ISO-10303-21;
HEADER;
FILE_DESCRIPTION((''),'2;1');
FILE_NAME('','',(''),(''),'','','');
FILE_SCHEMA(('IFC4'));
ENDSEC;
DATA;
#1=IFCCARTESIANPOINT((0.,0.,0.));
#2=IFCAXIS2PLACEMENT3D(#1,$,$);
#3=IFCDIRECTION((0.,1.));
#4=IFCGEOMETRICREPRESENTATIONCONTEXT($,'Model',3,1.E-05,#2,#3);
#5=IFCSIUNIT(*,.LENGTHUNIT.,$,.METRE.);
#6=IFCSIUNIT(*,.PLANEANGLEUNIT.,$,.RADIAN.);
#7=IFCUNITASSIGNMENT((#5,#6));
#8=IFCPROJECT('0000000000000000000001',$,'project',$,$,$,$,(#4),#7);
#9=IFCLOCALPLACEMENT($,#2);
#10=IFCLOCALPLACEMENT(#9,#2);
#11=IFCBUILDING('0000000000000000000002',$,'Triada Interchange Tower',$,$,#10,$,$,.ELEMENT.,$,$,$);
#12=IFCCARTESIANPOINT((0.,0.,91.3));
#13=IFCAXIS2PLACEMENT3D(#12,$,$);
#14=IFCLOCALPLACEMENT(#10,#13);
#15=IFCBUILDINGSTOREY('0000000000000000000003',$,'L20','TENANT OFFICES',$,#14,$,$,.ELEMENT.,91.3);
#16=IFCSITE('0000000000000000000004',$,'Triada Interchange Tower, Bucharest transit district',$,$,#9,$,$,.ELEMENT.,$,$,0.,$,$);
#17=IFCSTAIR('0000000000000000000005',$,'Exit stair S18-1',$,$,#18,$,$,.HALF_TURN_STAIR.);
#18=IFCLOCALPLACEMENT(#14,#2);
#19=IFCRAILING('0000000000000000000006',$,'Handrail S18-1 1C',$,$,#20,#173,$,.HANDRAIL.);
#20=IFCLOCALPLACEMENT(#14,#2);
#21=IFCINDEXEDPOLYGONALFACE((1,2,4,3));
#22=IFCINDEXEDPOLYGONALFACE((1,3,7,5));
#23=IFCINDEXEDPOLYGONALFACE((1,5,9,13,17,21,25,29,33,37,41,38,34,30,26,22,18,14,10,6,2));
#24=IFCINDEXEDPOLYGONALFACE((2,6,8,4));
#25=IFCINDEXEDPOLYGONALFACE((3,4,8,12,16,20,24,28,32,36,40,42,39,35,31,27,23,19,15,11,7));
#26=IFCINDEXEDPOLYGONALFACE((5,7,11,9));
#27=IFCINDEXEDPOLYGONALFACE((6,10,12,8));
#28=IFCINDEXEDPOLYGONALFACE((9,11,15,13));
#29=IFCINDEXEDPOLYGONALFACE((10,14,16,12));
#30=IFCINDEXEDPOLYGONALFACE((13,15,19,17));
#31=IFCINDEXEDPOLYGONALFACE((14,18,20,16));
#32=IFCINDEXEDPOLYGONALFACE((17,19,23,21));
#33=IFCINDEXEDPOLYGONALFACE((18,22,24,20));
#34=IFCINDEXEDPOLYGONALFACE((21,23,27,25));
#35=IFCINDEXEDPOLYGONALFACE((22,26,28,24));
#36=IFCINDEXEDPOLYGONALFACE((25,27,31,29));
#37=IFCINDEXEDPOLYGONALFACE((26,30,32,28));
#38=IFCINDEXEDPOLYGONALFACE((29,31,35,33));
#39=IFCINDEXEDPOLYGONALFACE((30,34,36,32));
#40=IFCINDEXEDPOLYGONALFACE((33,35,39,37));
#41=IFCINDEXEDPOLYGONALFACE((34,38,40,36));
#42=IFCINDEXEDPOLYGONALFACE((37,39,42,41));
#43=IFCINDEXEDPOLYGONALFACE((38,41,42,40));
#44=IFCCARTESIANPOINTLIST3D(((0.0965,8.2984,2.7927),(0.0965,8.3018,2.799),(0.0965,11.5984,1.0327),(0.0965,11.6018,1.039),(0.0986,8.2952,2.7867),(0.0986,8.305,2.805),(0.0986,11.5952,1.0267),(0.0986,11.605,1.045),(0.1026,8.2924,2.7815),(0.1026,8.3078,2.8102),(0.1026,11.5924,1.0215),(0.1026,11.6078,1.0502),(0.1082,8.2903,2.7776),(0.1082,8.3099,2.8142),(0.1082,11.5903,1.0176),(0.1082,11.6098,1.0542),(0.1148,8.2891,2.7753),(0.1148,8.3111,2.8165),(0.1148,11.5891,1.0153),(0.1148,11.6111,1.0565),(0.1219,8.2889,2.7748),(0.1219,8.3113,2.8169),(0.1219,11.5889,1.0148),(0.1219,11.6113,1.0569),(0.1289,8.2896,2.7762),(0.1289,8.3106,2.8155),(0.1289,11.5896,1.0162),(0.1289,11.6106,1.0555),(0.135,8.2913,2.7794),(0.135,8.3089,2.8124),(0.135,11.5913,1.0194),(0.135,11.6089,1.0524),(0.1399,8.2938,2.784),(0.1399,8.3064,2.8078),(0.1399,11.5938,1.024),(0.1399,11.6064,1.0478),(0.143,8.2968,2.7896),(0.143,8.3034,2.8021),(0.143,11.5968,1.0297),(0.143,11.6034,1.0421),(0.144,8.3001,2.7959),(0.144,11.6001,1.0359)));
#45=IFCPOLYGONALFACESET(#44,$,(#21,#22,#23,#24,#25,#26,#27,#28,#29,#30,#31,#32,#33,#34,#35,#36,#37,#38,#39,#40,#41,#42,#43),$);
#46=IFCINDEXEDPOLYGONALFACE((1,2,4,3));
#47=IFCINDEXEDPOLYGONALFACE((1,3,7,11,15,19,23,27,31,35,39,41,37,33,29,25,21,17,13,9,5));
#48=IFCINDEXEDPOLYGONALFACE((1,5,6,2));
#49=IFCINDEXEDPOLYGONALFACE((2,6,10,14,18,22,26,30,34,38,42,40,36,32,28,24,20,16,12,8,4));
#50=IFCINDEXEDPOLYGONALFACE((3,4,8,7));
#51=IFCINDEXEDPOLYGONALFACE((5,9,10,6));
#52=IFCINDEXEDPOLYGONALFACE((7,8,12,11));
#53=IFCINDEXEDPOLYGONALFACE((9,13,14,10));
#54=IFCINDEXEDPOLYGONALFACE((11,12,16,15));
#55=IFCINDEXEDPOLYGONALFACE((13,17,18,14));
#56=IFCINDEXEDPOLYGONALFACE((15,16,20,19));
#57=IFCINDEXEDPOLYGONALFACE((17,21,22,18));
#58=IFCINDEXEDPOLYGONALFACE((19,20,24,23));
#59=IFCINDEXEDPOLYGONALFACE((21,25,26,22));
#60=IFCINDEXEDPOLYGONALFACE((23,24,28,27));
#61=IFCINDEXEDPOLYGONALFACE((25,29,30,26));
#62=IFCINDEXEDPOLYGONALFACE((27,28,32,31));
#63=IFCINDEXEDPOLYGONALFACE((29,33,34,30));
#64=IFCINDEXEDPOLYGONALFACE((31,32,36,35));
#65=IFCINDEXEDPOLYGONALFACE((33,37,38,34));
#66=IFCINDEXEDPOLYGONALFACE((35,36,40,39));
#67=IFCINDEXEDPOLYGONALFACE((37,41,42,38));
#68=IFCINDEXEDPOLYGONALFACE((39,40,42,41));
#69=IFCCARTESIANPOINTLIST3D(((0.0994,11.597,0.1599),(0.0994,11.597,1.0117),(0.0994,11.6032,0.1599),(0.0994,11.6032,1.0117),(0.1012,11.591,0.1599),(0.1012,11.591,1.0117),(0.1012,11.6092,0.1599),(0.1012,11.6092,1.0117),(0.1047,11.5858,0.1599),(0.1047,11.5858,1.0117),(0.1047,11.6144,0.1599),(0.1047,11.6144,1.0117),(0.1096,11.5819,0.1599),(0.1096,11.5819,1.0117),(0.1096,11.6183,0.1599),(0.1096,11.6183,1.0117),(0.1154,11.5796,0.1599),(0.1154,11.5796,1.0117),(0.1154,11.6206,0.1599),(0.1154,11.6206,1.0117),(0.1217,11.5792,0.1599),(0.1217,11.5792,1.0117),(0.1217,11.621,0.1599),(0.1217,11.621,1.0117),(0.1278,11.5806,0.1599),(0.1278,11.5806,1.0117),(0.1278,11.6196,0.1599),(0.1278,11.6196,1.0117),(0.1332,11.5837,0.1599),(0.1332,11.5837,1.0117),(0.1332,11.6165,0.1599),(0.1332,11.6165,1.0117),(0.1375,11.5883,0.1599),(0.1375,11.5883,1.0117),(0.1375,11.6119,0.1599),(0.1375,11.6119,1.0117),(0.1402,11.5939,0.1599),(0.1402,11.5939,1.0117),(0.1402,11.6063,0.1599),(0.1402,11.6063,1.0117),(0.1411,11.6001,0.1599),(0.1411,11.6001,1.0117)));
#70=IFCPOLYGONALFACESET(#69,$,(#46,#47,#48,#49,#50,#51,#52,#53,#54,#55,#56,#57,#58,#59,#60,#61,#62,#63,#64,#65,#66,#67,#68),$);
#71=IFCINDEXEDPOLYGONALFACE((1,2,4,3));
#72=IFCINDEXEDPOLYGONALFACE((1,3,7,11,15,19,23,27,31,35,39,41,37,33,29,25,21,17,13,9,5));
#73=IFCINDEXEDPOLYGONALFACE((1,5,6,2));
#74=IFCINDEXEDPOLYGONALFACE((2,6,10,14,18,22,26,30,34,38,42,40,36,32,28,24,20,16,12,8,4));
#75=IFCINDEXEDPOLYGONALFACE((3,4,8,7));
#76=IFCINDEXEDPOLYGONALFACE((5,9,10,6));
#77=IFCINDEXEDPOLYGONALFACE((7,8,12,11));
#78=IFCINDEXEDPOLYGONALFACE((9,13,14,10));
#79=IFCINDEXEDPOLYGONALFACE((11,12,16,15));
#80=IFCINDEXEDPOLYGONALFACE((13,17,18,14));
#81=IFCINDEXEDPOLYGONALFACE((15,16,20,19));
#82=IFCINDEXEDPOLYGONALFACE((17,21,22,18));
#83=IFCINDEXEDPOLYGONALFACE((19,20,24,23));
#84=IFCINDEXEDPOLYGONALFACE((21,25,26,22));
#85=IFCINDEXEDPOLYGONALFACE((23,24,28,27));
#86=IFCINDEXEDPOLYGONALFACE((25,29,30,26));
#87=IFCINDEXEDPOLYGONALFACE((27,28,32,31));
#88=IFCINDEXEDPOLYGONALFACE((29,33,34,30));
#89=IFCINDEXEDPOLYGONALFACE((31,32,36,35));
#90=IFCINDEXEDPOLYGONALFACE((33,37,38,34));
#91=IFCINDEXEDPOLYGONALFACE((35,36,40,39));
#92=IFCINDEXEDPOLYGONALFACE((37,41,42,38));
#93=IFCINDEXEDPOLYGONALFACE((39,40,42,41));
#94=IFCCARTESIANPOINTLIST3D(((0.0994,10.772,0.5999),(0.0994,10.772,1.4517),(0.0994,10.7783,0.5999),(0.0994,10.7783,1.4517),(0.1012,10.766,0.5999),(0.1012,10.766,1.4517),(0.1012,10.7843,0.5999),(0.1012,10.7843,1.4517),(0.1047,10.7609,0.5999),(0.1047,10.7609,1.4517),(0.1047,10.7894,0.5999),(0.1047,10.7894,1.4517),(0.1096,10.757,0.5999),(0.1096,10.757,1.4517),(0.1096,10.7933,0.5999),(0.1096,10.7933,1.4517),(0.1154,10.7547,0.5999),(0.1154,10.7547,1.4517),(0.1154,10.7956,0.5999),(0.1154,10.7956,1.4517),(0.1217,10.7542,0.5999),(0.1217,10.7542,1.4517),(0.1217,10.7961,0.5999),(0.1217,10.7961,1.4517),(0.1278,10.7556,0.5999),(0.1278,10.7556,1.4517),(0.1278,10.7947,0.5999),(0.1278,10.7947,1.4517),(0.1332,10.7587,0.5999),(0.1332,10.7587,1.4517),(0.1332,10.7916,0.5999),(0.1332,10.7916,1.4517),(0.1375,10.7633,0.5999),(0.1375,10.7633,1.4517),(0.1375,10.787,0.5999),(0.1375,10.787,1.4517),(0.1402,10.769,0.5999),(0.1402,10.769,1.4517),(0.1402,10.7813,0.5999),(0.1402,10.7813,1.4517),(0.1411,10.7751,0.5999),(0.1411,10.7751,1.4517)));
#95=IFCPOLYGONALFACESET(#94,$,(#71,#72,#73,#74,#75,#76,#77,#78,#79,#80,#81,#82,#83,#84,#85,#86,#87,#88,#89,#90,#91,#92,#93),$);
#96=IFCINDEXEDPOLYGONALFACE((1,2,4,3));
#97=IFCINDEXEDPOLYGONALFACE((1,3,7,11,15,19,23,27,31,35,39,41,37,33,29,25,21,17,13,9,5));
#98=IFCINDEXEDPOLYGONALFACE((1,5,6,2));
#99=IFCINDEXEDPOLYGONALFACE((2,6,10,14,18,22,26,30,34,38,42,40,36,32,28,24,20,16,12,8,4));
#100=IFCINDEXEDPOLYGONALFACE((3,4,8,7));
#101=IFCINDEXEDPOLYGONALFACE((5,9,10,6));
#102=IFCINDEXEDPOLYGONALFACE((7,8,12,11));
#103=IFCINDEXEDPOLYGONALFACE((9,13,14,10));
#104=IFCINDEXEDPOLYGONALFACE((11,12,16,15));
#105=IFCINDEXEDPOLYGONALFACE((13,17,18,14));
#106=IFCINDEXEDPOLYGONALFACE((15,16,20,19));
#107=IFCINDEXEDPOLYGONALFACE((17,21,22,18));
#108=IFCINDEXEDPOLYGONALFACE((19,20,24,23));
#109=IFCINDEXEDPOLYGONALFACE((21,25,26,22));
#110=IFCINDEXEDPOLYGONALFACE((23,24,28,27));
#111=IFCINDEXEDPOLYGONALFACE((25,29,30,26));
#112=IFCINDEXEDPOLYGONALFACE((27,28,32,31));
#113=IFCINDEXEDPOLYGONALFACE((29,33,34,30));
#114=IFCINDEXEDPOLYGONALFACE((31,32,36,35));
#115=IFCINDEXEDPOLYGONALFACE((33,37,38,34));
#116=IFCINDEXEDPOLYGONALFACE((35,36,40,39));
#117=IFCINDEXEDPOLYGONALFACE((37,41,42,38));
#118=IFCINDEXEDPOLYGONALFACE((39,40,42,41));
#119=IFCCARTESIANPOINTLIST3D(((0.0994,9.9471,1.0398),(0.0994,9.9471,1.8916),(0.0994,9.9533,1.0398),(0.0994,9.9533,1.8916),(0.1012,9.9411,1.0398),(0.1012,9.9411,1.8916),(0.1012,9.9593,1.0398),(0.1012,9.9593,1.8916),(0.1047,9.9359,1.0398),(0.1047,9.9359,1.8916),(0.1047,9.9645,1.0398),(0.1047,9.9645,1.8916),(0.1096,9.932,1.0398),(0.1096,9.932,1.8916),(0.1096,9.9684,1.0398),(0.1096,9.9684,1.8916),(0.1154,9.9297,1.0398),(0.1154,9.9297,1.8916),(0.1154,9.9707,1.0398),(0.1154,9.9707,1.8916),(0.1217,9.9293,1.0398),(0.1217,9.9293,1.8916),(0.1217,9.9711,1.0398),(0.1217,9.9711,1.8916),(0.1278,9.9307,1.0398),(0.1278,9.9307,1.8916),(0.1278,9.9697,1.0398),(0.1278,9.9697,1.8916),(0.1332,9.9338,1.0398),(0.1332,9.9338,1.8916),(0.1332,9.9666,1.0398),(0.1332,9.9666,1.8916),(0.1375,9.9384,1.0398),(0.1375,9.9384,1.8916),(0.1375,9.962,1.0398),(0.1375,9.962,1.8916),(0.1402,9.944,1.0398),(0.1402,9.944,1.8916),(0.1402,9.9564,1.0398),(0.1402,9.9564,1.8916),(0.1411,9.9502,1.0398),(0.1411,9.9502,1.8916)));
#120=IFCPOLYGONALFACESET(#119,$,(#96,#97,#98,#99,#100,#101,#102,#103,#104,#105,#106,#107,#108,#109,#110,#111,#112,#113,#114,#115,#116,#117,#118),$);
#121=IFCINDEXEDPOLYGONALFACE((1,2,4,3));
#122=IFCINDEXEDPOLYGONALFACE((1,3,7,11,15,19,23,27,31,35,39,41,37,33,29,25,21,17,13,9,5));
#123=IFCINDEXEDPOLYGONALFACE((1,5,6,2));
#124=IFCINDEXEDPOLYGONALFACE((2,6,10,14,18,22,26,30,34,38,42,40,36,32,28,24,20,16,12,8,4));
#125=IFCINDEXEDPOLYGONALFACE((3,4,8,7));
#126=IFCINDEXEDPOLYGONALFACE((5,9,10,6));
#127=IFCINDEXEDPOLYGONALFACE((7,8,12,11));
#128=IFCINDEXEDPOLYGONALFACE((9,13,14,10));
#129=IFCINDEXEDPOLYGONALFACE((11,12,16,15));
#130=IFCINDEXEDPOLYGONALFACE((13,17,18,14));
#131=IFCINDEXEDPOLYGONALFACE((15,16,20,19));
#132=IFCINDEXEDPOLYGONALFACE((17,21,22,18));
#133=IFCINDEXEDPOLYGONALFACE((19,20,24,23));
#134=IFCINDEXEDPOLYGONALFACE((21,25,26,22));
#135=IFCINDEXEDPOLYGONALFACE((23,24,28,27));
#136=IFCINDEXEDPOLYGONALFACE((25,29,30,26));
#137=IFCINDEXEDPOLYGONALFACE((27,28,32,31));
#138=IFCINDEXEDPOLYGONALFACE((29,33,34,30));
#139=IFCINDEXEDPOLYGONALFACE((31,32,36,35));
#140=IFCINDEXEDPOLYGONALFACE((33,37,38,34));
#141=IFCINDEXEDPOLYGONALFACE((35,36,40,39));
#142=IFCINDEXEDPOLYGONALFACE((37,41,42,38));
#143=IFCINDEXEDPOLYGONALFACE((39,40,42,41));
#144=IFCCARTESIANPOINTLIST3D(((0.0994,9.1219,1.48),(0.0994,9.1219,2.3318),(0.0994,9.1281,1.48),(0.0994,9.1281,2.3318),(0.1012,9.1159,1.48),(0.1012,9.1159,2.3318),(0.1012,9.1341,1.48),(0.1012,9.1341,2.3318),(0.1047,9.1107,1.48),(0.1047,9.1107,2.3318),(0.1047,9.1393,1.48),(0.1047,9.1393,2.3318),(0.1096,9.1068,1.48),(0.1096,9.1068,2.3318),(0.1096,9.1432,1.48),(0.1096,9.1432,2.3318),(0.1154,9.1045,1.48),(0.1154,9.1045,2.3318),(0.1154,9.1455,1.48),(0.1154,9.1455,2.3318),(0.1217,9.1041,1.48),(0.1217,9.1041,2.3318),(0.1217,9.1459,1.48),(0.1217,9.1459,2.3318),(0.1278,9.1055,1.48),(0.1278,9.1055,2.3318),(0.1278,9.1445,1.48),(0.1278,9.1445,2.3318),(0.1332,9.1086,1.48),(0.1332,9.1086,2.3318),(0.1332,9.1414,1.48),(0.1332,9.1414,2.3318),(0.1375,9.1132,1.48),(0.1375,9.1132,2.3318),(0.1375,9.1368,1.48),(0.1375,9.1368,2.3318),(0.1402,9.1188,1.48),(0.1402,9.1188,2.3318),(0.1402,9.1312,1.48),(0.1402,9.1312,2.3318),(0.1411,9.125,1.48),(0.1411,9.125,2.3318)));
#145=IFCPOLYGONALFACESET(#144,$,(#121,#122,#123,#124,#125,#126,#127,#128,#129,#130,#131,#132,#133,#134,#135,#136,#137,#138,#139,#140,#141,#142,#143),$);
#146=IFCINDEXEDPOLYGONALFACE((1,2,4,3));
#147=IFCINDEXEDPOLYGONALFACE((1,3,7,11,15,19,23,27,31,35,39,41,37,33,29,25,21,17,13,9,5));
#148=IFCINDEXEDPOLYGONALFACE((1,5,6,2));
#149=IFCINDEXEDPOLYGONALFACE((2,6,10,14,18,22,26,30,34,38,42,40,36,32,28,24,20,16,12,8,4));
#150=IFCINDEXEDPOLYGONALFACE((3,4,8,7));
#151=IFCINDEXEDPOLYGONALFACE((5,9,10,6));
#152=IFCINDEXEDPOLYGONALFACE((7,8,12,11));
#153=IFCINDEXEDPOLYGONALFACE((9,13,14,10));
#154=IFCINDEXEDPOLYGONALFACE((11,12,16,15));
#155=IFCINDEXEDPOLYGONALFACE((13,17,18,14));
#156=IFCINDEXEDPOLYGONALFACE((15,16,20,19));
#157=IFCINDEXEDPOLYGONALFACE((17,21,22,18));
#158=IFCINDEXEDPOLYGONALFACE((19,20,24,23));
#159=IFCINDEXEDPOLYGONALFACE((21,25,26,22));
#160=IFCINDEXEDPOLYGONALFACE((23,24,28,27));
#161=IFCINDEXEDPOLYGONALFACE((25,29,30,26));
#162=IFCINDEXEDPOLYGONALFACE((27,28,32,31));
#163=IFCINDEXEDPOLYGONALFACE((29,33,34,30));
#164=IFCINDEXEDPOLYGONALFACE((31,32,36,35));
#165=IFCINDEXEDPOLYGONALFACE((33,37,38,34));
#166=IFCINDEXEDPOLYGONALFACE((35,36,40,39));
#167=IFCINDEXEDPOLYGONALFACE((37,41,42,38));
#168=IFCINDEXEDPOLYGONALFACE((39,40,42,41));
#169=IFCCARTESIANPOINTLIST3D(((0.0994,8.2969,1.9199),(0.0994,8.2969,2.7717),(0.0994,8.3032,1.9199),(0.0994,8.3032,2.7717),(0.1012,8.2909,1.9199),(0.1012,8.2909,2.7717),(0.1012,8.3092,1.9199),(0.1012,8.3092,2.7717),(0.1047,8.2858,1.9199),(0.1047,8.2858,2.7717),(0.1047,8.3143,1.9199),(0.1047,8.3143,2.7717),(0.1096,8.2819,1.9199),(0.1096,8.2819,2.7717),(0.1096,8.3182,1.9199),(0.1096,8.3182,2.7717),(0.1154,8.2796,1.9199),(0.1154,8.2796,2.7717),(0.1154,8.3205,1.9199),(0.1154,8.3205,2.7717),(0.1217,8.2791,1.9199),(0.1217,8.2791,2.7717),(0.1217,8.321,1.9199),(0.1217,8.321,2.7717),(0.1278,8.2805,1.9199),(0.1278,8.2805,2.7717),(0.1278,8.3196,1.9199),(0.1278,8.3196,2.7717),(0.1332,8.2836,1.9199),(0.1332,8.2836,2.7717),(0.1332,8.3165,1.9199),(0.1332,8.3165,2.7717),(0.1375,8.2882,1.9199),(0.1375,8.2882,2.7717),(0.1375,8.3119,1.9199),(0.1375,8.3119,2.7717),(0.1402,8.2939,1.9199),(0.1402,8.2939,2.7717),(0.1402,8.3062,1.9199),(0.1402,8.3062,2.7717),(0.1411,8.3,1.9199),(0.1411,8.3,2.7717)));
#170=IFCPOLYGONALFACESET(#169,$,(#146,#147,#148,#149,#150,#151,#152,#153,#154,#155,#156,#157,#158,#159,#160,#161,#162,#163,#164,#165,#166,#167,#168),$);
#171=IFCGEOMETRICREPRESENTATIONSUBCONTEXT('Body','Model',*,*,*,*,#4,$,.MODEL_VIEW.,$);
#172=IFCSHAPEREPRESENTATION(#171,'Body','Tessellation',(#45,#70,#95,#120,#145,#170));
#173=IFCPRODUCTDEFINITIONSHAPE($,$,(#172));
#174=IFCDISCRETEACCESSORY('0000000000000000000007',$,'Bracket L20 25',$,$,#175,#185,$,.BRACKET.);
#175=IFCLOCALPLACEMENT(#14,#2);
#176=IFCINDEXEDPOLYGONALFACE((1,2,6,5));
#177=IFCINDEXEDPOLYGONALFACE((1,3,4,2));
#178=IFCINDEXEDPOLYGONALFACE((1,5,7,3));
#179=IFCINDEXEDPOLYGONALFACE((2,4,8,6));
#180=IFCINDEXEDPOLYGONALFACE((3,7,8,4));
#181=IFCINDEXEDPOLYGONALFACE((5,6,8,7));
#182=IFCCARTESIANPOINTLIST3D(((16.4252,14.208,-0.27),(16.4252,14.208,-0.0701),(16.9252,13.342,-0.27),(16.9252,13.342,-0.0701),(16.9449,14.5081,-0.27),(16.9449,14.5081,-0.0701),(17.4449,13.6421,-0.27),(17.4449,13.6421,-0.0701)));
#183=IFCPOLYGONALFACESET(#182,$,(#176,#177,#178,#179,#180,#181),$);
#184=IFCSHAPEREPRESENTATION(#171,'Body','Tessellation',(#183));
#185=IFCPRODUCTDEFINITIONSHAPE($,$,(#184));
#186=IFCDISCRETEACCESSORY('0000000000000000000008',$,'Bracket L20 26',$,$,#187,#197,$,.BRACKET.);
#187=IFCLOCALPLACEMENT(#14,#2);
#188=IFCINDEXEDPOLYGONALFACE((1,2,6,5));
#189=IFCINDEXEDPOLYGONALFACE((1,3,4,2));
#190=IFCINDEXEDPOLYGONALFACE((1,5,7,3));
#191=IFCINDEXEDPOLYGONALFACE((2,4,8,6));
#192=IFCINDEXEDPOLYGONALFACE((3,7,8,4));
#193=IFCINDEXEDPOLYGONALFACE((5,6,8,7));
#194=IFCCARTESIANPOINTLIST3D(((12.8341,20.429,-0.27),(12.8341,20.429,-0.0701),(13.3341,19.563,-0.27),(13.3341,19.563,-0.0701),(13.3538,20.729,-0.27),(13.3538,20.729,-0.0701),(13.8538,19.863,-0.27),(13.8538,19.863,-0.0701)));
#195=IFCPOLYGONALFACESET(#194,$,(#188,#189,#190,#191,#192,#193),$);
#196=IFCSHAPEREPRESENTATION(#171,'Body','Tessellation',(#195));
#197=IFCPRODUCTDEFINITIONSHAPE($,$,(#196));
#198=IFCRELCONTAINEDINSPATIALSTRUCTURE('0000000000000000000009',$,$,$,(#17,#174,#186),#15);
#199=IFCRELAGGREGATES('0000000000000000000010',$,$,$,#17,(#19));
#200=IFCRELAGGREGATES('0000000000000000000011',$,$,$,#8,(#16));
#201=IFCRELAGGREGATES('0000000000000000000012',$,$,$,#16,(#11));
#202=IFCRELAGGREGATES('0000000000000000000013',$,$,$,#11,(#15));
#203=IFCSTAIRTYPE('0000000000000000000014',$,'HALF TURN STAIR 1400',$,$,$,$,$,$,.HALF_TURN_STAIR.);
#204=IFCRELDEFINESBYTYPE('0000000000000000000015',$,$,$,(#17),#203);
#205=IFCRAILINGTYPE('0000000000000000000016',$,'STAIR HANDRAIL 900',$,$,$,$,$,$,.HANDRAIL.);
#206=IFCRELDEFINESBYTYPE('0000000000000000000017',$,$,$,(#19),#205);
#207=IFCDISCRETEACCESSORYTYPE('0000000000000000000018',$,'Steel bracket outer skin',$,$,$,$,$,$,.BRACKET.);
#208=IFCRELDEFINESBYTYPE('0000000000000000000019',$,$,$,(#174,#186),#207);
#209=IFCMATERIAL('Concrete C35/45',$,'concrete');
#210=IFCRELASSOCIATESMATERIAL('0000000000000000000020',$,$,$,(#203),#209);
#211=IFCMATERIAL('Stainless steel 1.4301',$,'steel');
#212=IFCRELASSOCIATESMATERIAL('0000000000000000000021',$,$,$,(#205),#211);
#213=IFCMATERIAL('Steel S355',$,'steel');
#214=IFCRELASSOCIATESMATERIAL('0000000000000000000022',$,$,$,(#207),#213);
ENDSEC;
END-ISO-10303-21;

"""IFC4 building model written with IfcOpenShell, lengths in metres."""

from ifc_helpers import new_model, si_unit, direction, frame, origin, origin_2d, place, context, subcontext, project, spatial, rectangle, circle, extrude, material, type_object, element, aggregate, save


model = new_model("IFC4")

# Units and contexts
model_context = context("Model", 3, precision=1e-05, world=origin(), true_north=direction((0.0, 1.0)))
body_context = subcontext(model_context, "Body", "Model", "MODEL_VIEW")
ifc_project = project(units=[si_unit("LENGTHUNIT", "METRE"), si_unit("PLANEANGLEUNIT", "RADIAN")], contexts=[model_context])

# Site, building, storey
site_placement = place(None, origin())
site = spatial("IfcSite", under=ifc_project, at=site_placement, Name="Triada Interchange Tower, Bucharest transit district", CompositionType="ELEMENT", RefElevation=0.0)
building_placement = place(site_placement, origin())
building = spatial("IfcBuilding", under=site, at=building_placement, Name="Triada Interchange Tower", CompositionType="ELEMENT")
storey_placement = place(building_placement, frame((0.0, 0.0, 91.3)))
storey = spatial("IfcBuildingStorey", under=building, at=storey_placement, Name="L20", Description="TENANT OFFICES", CompositionType="ELEMENT", Elevation=91.3)

# Stair
ifc_material_1 = material(Name="Concrete C35/45", Category="concrete")
stair_type = type_object("IfcStairType", Name="HALF TURN STAIR 1400", PredefinedType="HALF_TURN_STAIR", material=ifc_material_1)
stair_placement = place(storey_placement, origin())
stair = element("IfcStair", 1, at=stair_placement, inside=storey, type_object=stair_type, Name="Exit stair S18-1", PredefinedType="HALF_TURN_STAIR")

# Railing
ifc_material_2 = material(Name="Stainless steel 1.4301", Category="steel")
railing_type = type_object("IfcRailingType", Name="STAIR HANDRAIL 900", PredefinedType="HANDRAIL", material=ifc_material_2)
railing_1_placement = place(storey_placement, frame((0.1201, 11.6001, 0.1599)))
railing_1 = element("IfcRailing", 2, at=railing_1_placement, type_object=railing_type, Name="Handrail S18-1 1C", PredefinedType="HANDRAIL", context=body_context, shape_type="SweptSolid", body=[
    extrude(circle(Radius=0.0239, at=origin_2d()), frame((0.0, 0.0, 0.876), z_axis=(0.0, -0.882355, 0.470585), x_axis=(1.0, 0.0, 0.0)), (0.0, 0.0, 1.0), 3.74),
    extrude(circle(Radius=0.021, at=origin_2d()), origin(), (0.0, 0.0, 1.0), 0.8518),
    extrude(circle(Radius=0.021, at=origin_2d()), frame((0.0, -0.825, 0.4399)), (0.0, 0.0, 1.0), 0.8518),
    extrude(circle(Radius=0.021, at=origin_2d()), frame((0.0, -1.6499, 0.8799)), (0.0, 0.0, 1.0), 0.8518),
    extrude(circle(Radius=0.021, at=origin_2d()), frame((0.0, -2.4751, 1.3201)), (0.0, 0.0, 1.0), 0.8518),
    extrude(circle(Radius=0.021, at=origin_2d()), frame((0.0, -3.3, 1.76)), (0.0, 0.0, 1.0), 0.8518),
])
aggregate(stair, [railing_1])

# Discrete accessories
ifc_material_3 = material(Name="Steel S355", Category="steel")
discrete_accessory_type = type_object("IfcDiscreteAccessoryType", Name="Steel bracket outer skin", PredefinedType="BRACKET", material=ifc_material_3)
for number, where, z_axis, x_axis, name in (
    (3, (16.9351, 13.925, -0.27), (0.0, 0.0, 1.0), (0.866025, 0.5, 0.0), "Bracket L20 25"),
    (4, (13.344, 20.146, -0.27), (0.0, 0.0, 1.0), (0.866025, 0.5, 0.0), "Bracket L20 26"),
):
    element("IfcDiscreteAccessory", number, at=place(storey_placement, frame(where, z_axis=z_axis, x_axis=x_axis)), inside=storey, type_object=discrete_accessory_type, Name=name, PredefinedType="BRACKET", context=body_context, shape_type="SweptSolid", body=[
        extrude(rectangle(XDim=0.6001, YDim=1.0, at=origin_2d()), origin(), (0.0, 0.0, 1.0), 0.2),
    ])

save(model, "model.ifc")
